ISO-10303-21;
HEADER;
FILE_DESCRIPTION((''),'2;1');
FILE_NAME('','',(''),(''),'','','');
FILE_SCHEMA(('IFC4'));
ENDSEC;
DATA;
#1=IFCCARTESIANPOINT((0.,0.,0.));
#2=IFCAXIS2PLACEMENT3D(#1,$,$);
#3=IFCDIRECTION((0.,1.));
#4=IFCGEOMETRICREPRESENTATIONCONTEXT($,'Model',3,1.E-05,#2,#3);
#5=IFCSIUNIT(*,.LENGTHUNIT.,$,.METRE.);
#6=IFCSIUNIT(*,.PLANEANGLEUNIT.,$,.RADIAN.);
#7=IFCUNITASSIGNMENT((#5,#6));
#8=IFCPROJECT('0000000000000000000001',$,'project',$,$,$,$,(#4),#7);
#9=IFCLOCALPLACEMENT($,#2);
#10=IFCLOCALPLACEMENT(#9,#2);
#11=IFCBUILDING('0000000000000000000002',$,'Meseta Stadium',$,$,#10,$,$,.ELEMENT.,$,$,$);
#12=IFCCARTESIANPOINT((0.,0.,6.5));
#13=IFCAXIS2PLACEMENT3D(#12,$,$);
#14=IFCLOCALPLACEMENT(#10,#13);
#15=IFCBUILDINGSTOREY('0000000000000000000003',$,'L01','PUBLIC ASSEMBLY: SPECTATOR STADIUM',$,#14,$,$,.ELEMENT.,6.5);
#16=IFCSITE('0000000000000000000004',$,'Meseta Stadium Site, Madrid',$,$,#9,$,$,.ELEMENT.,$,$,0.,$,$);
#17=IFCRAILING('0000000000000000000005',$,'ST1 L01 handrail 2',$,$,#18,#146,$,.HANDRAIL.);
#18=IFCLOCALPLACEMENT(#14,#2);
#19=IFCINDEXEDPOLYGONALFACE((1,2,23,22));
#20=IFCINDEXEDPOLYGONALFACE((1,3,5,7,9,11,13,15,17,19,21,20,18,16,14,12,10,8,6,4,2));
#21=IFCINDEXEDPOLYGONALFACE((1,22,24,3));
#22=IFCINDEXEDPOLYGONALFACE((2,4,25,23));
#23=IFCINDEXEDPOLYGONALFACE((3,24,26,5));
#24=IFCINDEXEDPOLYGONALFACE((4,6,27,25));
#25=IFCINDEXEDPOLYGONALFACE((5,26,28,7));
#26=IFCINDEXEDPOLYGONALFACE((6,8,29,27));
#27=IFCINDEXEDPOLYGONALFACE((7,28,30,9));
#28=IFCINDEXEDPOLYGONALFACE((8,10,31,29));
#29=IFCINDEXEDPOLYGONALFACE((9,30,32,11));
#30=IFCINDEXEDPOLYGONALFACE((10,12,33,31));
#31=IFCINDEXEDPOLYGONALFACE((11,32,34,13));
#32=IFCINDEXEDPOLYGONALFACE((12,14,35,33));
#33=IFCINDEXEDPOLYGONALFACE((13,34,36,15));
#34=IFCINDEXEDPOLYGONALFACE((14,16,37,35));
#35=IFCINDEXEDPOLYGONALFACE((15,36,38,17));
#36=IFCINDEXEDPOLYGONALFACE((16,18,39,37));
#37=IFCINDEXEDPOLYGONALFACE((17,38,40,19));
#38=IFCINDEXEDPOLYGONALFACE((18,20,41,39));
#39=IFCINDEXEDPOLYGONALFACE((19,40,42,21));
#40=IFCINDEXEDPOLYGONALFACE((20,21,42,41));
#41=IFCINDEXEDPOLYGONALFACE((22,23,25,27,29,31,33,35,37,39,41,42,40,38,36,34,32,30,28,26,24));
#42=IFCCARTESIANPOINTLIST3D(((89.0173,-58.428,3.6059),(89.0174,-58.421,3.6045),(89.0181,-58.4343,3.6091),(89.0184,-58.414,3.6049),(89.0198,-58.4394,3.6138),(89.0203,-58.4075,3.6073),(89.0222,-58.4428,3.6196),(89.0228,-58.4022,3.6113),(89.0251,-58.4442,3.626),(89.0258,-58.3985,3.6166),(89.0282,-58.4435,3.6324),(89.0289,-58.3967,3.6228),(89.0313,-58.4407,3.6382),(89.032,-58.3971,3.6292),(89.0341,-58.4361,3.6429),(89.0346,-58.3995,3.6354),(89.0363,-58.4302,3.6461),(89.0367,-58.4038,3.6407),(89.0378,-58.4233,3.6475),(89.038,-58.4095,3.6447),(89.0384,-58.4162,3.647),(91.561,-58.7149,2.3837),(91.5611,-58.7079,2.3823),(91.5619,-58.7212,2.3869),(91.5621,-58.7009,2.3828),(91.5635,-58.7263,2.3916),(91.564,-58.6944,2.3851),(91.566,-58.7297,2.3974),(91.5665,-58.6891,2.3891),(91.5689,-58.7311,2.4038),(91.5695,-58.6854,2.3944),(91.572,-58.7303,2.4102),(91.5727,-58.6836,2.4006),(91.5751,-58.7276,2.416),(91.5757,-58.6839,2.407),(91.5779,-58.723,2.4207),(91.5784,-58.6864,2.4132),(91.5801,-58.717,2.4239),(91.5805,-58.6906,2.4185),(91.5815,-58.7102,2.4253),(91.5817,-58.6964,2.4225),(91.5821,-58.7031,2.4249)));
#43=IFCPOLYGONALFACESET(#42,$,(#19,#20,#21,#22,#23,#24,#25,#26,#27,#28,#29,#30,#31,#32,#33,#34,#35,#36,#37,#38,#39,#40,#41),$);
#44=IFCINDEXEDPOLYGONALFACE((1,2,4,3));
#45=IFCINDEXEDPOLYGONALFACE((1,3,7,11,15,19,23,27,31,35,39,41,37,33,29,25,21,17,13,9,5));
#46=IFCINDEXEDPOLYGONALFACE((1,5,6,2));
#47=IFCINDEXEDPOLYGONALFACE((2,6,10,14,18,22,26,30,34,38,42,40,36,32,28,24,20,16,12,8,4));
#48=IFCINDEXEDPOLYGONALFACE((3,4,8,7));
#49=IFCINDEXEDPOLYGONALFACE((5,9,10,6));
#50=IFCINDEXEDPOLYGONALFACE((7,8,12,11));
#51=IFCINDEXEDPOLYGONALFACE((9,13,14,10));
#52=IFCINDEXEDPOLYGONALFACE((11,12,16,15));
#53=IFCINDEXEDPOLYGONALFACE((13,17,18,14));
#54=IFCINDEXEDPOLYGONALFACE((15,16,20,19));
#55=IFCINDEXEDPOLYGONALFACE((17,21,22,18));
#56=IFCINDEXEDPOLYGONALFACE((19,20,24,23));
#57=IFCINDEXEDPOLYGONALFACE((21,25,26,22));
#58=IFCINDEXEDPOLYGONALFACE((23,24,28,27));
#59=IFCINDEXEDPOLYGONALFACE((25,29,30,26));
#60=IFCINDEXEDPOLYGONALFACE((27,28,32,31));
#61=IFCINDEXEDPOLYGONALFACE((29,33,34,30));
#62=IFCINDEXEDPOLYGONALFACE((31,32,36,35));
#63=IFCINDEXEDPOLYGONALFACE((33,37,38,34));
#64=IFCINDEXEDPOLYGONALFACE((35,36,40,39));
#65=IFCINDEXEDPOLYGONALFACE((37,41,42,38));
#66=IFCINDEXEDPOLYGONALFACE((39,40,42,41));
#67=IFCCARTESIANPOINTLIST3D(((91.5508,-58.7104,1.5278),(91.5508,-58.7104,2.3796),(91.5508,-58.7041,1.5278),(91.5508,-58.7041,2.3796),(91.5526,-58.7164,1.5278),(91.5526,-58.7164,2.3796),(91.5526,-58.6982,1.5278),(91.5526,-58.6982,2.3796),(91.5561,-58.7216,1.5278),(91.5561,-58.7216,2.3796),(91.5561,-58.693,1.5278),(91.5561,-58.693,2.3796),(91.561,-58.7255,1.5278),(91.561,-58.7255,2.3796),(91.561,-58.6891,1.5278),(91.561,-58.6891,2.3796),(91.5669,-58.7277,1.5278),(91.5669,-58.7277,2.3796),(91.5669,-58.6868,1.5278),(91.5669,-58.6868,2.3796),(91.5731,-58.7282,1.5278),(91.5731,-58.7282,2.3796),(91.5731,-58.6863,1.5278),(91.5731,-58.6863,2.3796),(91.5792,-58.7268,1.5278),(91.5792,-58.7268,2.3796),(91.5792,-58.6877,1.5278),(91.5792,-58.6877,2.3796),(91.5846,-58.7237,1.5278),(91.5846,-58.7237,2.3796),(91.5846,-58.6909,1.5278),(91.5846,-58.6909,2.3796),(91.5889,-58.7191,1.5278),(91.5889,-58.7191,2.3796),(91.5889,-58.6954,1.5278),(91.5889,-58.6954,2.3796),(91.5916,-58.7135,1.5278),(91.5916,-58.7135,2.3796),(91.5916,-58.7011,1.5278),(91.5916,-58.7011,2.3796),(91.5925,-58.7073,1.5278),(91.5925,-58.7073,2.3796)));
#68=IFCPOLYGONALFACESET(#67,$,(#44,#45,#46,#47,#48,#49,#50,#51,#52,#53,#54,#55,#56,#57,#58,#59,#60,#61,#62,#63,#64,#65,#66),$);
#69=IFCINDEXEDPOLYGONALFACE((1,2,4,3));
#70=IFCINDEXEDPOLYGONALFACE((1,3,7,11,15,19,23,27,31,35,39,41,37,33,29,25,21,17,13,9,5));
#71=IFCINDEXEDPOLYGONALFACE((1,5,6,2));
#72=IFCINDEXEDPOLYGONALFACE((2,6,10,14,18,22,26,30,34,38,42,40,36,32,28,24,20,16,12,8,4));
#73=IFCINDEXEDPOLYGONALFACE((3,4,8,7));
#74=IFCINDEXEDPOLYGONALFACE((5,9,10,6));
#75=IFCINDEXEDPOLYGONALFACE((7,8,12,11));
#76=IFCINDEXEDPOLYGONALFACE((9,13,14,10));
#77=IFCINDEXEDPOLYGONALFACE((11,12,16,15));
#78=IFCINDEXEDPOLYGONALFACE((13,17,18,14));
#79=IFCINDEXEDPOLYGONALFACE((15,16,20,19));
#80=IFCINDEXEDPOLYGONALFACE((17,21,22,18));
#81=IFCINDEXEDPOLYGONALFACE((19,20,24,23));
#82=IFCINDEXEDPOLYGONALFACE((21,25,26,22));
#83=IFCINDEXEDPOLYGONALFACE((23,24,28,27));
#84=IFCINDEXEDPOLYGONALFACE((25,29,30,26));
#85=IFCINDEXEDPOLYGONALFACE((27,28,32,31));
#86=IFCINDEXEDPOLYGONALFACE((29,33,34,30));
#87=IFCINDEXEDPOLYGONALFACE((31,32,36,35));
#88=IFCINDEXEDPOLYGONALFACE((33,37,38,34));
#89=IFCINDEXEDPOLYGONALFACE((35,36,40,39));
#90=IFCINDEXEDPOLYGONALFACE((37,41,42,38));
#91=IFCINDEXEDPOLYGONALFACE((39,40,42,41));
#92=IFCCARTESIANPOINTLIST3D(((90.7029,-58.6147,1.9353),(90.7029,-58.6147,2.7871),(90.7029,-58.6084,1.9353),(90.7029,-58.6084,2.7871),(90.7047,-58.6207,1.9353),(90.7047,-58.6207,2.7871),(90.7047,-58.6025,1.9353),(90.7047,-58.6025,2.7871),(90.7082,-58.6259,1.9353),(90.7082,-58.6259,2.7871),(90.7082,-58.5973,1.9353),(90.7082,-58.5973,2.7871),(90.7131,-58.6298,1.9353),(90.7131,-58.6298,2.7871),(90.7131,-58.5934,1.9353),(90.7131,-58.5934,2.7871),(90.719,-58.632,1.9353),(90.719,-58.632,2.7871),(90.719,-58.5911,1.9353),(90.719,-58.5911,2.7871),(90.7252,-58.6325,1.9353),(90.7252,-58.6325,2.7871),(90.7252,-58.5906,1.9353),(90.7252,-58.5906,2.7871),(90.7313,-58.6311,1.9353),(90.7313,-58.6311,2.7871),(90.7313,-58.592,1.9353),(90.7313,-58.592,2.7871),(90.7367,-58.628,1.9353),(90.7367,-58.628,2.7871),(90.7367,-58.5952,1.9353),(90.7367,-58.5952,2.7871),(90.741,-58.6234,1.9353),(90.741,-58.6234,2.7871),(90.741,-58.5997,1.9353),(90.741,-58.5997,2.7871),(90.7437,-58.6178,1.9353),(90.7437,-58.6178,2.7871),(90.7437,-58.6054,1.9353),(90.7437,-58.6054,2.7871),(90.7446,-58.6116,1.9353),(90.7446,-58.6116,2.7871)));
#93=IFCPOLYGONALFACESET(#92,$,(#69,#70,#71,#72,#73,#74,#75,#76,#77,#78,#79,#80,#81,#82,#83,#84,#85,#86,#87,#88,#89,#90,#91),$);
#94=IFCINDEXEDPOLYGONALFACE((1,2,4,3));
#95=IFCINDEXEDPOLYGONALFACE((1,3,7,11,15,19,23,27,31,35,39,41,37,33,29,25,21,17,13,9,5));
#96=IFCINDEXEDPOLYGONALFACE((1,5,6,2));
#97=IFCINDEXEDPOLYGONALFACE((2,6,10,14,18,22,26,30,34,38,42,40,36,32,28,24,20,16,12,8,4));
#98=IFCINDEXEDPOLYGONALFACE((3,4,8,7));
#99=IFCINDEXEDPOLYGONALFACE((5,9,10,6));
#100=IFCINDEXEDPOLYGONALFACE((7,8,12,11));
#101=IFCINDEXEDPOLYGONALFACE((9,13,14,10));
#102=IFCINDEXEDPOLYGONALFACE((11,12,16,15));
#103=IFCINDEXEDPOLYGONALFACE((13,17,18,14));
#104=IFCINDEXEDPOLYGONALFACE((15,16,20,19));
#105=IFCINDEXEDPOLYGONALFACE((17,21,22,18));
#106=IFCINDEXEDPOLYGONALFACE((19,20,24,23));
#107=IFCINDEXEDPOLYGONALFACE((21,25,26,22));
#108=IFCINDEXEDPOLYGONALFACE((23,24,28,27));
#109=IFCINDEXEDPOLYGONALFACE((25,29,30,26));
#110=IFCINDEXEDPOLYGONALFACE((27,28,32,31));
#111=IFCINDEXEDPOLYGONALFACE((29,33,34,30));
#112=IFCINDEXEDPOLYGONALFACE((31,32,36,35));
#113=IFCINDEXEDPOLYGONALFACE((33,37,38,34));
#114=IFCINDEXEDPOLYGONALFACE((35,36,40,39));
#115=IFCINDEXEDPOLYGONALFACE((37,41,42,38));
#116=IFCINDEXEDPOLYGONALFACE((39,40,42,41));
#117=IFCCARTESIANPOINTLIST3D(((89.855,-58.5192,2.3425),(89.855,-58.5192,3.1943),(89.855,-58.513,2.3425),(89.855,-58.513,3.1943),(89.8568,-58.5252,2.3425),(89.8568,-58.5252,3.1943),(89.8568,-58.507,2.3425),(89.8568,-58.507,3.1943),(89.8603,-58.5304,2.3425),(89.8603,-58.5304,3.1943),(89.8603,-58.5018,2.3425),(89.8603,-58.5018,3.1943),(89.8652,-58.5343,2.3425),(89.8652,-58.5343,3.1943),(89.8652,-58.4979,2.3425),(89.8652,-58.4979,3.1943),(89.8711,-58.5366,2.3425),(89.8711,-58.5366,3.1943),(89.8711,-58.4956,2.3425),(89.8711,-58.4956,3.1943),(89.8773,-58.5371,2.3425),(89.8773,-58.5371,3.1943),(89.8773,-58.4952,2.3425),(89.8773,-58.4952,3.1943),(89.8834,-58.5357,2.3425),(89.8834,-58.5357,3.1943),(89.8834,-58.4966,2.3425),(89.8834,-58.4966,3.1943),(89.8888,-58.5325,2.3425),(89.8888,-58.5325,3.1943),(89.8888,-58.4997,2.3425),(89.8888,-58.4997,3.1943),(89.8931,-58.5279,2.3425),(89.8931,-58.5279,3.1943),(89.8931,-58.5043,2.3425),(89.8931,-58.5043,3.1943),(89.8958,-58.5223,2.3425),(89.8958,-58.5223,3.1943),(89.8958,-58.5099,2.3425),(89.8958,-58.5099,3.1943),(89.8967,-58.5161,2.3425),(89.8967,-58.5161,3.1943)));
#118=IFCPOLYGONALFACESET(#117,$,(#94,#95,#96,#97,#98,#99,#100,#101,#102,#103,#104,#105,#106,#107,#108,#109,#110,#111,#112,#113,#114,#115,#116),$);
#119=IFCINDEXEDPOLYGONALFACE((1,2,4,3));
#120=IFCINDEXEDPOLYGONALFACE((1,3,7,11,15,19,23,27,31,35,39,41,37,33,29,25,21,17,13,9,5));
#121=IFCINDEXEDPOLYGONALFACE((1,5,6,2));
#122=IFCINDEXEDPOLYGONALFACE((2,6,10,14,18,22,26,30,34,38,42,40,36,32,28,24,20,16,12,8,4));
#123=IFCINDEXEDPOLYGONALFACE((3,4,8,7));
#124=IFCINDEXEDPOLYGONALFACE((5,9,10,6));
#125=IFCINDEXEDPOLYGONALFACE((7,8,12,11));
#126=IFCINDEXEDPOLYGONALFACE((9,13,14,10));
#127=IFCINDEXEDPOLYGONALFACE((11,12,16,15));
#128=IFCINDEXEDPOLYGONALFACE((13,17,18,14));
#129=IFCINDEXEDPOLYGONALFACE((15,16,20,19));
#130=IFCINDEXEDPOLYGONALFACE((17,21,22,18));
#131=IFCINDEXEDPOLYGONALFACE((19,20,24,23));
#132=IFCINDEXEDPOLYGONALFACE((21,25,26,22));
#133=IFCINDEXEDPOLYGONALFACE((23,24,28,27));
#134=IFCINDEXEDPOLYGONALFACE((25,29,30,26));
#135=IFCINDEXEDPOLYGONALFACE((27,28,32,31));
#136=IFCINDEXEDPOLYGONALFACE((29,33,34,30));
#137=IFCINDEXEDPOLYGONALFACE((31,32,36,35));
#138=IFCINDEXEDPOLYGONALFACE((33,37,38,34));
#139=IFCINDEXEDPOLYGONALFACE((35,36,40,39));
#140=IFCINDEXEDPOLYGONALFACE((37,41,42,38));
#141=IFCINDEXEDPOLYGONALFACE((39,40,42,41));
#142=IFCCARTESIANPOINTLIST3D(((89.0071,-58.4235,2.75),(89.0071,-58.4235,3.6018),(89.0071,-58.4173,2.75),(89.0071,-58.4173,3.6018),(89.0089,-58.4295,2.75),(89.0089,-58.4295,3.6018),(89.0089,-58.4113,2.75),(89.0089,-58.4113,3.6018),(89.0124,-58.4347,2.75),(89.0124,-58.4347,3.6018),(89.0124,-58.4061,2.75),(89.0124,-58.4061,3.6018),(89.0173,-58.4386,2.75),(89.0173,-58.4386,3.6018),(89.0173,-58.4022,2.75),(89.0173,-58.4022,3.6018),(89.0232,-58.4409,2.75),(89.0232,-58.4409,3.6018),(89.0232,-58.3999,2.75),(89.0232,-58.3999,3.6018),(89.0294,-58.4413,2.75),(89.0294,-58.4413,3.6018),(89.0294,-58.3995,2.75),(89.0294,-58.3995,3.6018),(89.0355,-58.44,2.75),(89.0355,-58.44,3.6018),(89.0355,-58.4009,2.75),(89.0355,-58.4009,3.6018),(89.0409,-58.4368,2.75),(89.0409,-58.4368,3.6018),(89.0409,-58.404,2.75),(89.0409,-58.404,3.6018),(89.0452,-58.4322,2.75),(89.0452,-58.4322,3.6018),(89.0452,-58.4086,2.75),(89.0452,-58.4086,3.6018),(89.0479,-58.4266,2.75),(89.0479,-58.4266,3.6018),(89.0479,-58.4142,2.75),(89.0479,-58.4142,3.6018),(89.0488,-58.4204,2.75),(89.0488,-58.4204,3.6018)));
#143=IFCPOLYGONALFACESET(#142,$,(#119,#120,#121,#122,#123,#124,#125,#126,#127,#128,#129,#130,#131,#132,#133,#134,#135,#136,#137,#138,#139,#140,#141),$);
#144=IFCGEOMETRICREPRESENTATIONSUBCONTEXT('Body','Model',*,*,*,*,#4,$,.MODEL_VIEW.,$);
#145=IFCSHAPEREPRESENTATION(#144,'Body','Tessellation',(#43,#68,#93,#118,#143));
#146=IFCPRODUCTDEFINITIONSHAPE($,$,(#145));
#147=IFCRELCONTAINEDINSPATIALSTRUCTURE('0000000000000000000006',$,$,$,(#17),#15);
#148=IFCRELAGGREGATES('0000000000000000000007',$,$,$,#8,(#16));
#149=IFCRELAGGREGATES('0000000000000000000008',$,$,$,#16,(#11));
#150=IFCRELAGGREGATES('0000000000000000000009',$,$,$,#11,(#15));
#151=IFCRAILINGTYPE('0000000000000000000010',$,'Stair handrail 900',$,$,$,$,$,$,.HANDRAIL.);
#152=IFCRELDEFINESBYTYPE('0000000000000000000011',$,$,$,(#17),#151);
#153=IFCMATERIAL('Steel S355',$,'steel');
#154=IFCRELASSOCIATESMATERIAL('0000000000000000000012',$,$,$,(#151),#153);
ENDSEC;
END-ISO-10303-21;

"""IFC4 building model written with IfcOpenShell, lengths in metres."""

from ifc_helpers import new_model, si_unit, direction, frame, origin, origin_2d, place, context, subcontext, project, spatial, circle, extrude, material, type_object, element, save


model = new_model("IFC4")

# Units and contexts
model_context = context("Model", 3, precision=1e-05, world=origin(), true_north=direction((0.0, 1.0)))
body_context = subcontext(model_context, "Body", "Model", "MODEL_VIEW")
ifc_project = project(units=[si_unit("LENGTHUNIT", "METRE"), si_unit("PLANEANGLEUNIT", "RADIAN")], contexts=[model_context])

# Site, building, storey
site_placement = place(None, origin())
site = spatial("IfcSite", under=ifc_project, at=site_placement, Name="Meseta Stadium Site, Madrid", CompositionType="ELEMENT", RefElevation=0.0)
building_placement = place(site_placement, origin())
building = spatial("IfcBuilding", under=site, at=building_placement, Name="Meseta Stadium", CompositionType="ELEMENT")
storey_placement = place(building_placement, frame((0.0, 0.0, 6.5)))
storey = spatial("IfcBuildingStorey", under=building, at=storey_placement, Name="L01", Description="PUBLIC ASSEMBLY: SPECTATOR STADIUM", CompositionType="ELEMENT", Elevation=6.5)

# Railing
ifc_material_1 = material(Name="Steel S355", Category="steel")
railing_type_1 = type_object("IfcRailingType", Name="Stair handrail 900", PredefinedType="HANDRAIL", material=ifc_material_1)
for number, where, name in (
    (1, (91.5715, -58.7073, 1.5278), "ST1 L01 handrail 2"),
):
    element("IfcRailing", number, at=place(storey_placement, frame(where)), inside=storey, type_object=railing_type_1, Name=name, PredefinedType="HANDRAIL", context=body_context, shape_type="SweptSolid", body=[
        extrude(circle(Radius=0.0239, at=origin_2d()), frame((0.0, 0.0, 0.876), z_axis=(-0.896737, 0.101129, 0.430854), x_axis=(-0.112064, -0.993701, 0.0)), (0.0, 0.0, 1.0), 2.8367),
        extrude(circle(Radius=0.021, at=origin_2d()), origin(), (0.0, 0.0, 1.0), 0.8518),
        extrude(circle(Radius=0.021, at=origin_2d()), frame((-0.8479, 0.0957, 0.4075)), (0.0, 0.0, 1.0), 0.8518),
        extrude(circle(Radius=0.021, at=origin_2d()), frame((-1.6958, 0.1912, 0.8147)), (0.0, 0.0, 1.0), 0.8518),
        extrude(circle(Radius=0.021, at=origin_2d()), frame((-2.5437, 0.2869, 1.2222)), (0.0, 0.0, 1.0), 0.8518),
    ])

save(model, "model.ifc")
